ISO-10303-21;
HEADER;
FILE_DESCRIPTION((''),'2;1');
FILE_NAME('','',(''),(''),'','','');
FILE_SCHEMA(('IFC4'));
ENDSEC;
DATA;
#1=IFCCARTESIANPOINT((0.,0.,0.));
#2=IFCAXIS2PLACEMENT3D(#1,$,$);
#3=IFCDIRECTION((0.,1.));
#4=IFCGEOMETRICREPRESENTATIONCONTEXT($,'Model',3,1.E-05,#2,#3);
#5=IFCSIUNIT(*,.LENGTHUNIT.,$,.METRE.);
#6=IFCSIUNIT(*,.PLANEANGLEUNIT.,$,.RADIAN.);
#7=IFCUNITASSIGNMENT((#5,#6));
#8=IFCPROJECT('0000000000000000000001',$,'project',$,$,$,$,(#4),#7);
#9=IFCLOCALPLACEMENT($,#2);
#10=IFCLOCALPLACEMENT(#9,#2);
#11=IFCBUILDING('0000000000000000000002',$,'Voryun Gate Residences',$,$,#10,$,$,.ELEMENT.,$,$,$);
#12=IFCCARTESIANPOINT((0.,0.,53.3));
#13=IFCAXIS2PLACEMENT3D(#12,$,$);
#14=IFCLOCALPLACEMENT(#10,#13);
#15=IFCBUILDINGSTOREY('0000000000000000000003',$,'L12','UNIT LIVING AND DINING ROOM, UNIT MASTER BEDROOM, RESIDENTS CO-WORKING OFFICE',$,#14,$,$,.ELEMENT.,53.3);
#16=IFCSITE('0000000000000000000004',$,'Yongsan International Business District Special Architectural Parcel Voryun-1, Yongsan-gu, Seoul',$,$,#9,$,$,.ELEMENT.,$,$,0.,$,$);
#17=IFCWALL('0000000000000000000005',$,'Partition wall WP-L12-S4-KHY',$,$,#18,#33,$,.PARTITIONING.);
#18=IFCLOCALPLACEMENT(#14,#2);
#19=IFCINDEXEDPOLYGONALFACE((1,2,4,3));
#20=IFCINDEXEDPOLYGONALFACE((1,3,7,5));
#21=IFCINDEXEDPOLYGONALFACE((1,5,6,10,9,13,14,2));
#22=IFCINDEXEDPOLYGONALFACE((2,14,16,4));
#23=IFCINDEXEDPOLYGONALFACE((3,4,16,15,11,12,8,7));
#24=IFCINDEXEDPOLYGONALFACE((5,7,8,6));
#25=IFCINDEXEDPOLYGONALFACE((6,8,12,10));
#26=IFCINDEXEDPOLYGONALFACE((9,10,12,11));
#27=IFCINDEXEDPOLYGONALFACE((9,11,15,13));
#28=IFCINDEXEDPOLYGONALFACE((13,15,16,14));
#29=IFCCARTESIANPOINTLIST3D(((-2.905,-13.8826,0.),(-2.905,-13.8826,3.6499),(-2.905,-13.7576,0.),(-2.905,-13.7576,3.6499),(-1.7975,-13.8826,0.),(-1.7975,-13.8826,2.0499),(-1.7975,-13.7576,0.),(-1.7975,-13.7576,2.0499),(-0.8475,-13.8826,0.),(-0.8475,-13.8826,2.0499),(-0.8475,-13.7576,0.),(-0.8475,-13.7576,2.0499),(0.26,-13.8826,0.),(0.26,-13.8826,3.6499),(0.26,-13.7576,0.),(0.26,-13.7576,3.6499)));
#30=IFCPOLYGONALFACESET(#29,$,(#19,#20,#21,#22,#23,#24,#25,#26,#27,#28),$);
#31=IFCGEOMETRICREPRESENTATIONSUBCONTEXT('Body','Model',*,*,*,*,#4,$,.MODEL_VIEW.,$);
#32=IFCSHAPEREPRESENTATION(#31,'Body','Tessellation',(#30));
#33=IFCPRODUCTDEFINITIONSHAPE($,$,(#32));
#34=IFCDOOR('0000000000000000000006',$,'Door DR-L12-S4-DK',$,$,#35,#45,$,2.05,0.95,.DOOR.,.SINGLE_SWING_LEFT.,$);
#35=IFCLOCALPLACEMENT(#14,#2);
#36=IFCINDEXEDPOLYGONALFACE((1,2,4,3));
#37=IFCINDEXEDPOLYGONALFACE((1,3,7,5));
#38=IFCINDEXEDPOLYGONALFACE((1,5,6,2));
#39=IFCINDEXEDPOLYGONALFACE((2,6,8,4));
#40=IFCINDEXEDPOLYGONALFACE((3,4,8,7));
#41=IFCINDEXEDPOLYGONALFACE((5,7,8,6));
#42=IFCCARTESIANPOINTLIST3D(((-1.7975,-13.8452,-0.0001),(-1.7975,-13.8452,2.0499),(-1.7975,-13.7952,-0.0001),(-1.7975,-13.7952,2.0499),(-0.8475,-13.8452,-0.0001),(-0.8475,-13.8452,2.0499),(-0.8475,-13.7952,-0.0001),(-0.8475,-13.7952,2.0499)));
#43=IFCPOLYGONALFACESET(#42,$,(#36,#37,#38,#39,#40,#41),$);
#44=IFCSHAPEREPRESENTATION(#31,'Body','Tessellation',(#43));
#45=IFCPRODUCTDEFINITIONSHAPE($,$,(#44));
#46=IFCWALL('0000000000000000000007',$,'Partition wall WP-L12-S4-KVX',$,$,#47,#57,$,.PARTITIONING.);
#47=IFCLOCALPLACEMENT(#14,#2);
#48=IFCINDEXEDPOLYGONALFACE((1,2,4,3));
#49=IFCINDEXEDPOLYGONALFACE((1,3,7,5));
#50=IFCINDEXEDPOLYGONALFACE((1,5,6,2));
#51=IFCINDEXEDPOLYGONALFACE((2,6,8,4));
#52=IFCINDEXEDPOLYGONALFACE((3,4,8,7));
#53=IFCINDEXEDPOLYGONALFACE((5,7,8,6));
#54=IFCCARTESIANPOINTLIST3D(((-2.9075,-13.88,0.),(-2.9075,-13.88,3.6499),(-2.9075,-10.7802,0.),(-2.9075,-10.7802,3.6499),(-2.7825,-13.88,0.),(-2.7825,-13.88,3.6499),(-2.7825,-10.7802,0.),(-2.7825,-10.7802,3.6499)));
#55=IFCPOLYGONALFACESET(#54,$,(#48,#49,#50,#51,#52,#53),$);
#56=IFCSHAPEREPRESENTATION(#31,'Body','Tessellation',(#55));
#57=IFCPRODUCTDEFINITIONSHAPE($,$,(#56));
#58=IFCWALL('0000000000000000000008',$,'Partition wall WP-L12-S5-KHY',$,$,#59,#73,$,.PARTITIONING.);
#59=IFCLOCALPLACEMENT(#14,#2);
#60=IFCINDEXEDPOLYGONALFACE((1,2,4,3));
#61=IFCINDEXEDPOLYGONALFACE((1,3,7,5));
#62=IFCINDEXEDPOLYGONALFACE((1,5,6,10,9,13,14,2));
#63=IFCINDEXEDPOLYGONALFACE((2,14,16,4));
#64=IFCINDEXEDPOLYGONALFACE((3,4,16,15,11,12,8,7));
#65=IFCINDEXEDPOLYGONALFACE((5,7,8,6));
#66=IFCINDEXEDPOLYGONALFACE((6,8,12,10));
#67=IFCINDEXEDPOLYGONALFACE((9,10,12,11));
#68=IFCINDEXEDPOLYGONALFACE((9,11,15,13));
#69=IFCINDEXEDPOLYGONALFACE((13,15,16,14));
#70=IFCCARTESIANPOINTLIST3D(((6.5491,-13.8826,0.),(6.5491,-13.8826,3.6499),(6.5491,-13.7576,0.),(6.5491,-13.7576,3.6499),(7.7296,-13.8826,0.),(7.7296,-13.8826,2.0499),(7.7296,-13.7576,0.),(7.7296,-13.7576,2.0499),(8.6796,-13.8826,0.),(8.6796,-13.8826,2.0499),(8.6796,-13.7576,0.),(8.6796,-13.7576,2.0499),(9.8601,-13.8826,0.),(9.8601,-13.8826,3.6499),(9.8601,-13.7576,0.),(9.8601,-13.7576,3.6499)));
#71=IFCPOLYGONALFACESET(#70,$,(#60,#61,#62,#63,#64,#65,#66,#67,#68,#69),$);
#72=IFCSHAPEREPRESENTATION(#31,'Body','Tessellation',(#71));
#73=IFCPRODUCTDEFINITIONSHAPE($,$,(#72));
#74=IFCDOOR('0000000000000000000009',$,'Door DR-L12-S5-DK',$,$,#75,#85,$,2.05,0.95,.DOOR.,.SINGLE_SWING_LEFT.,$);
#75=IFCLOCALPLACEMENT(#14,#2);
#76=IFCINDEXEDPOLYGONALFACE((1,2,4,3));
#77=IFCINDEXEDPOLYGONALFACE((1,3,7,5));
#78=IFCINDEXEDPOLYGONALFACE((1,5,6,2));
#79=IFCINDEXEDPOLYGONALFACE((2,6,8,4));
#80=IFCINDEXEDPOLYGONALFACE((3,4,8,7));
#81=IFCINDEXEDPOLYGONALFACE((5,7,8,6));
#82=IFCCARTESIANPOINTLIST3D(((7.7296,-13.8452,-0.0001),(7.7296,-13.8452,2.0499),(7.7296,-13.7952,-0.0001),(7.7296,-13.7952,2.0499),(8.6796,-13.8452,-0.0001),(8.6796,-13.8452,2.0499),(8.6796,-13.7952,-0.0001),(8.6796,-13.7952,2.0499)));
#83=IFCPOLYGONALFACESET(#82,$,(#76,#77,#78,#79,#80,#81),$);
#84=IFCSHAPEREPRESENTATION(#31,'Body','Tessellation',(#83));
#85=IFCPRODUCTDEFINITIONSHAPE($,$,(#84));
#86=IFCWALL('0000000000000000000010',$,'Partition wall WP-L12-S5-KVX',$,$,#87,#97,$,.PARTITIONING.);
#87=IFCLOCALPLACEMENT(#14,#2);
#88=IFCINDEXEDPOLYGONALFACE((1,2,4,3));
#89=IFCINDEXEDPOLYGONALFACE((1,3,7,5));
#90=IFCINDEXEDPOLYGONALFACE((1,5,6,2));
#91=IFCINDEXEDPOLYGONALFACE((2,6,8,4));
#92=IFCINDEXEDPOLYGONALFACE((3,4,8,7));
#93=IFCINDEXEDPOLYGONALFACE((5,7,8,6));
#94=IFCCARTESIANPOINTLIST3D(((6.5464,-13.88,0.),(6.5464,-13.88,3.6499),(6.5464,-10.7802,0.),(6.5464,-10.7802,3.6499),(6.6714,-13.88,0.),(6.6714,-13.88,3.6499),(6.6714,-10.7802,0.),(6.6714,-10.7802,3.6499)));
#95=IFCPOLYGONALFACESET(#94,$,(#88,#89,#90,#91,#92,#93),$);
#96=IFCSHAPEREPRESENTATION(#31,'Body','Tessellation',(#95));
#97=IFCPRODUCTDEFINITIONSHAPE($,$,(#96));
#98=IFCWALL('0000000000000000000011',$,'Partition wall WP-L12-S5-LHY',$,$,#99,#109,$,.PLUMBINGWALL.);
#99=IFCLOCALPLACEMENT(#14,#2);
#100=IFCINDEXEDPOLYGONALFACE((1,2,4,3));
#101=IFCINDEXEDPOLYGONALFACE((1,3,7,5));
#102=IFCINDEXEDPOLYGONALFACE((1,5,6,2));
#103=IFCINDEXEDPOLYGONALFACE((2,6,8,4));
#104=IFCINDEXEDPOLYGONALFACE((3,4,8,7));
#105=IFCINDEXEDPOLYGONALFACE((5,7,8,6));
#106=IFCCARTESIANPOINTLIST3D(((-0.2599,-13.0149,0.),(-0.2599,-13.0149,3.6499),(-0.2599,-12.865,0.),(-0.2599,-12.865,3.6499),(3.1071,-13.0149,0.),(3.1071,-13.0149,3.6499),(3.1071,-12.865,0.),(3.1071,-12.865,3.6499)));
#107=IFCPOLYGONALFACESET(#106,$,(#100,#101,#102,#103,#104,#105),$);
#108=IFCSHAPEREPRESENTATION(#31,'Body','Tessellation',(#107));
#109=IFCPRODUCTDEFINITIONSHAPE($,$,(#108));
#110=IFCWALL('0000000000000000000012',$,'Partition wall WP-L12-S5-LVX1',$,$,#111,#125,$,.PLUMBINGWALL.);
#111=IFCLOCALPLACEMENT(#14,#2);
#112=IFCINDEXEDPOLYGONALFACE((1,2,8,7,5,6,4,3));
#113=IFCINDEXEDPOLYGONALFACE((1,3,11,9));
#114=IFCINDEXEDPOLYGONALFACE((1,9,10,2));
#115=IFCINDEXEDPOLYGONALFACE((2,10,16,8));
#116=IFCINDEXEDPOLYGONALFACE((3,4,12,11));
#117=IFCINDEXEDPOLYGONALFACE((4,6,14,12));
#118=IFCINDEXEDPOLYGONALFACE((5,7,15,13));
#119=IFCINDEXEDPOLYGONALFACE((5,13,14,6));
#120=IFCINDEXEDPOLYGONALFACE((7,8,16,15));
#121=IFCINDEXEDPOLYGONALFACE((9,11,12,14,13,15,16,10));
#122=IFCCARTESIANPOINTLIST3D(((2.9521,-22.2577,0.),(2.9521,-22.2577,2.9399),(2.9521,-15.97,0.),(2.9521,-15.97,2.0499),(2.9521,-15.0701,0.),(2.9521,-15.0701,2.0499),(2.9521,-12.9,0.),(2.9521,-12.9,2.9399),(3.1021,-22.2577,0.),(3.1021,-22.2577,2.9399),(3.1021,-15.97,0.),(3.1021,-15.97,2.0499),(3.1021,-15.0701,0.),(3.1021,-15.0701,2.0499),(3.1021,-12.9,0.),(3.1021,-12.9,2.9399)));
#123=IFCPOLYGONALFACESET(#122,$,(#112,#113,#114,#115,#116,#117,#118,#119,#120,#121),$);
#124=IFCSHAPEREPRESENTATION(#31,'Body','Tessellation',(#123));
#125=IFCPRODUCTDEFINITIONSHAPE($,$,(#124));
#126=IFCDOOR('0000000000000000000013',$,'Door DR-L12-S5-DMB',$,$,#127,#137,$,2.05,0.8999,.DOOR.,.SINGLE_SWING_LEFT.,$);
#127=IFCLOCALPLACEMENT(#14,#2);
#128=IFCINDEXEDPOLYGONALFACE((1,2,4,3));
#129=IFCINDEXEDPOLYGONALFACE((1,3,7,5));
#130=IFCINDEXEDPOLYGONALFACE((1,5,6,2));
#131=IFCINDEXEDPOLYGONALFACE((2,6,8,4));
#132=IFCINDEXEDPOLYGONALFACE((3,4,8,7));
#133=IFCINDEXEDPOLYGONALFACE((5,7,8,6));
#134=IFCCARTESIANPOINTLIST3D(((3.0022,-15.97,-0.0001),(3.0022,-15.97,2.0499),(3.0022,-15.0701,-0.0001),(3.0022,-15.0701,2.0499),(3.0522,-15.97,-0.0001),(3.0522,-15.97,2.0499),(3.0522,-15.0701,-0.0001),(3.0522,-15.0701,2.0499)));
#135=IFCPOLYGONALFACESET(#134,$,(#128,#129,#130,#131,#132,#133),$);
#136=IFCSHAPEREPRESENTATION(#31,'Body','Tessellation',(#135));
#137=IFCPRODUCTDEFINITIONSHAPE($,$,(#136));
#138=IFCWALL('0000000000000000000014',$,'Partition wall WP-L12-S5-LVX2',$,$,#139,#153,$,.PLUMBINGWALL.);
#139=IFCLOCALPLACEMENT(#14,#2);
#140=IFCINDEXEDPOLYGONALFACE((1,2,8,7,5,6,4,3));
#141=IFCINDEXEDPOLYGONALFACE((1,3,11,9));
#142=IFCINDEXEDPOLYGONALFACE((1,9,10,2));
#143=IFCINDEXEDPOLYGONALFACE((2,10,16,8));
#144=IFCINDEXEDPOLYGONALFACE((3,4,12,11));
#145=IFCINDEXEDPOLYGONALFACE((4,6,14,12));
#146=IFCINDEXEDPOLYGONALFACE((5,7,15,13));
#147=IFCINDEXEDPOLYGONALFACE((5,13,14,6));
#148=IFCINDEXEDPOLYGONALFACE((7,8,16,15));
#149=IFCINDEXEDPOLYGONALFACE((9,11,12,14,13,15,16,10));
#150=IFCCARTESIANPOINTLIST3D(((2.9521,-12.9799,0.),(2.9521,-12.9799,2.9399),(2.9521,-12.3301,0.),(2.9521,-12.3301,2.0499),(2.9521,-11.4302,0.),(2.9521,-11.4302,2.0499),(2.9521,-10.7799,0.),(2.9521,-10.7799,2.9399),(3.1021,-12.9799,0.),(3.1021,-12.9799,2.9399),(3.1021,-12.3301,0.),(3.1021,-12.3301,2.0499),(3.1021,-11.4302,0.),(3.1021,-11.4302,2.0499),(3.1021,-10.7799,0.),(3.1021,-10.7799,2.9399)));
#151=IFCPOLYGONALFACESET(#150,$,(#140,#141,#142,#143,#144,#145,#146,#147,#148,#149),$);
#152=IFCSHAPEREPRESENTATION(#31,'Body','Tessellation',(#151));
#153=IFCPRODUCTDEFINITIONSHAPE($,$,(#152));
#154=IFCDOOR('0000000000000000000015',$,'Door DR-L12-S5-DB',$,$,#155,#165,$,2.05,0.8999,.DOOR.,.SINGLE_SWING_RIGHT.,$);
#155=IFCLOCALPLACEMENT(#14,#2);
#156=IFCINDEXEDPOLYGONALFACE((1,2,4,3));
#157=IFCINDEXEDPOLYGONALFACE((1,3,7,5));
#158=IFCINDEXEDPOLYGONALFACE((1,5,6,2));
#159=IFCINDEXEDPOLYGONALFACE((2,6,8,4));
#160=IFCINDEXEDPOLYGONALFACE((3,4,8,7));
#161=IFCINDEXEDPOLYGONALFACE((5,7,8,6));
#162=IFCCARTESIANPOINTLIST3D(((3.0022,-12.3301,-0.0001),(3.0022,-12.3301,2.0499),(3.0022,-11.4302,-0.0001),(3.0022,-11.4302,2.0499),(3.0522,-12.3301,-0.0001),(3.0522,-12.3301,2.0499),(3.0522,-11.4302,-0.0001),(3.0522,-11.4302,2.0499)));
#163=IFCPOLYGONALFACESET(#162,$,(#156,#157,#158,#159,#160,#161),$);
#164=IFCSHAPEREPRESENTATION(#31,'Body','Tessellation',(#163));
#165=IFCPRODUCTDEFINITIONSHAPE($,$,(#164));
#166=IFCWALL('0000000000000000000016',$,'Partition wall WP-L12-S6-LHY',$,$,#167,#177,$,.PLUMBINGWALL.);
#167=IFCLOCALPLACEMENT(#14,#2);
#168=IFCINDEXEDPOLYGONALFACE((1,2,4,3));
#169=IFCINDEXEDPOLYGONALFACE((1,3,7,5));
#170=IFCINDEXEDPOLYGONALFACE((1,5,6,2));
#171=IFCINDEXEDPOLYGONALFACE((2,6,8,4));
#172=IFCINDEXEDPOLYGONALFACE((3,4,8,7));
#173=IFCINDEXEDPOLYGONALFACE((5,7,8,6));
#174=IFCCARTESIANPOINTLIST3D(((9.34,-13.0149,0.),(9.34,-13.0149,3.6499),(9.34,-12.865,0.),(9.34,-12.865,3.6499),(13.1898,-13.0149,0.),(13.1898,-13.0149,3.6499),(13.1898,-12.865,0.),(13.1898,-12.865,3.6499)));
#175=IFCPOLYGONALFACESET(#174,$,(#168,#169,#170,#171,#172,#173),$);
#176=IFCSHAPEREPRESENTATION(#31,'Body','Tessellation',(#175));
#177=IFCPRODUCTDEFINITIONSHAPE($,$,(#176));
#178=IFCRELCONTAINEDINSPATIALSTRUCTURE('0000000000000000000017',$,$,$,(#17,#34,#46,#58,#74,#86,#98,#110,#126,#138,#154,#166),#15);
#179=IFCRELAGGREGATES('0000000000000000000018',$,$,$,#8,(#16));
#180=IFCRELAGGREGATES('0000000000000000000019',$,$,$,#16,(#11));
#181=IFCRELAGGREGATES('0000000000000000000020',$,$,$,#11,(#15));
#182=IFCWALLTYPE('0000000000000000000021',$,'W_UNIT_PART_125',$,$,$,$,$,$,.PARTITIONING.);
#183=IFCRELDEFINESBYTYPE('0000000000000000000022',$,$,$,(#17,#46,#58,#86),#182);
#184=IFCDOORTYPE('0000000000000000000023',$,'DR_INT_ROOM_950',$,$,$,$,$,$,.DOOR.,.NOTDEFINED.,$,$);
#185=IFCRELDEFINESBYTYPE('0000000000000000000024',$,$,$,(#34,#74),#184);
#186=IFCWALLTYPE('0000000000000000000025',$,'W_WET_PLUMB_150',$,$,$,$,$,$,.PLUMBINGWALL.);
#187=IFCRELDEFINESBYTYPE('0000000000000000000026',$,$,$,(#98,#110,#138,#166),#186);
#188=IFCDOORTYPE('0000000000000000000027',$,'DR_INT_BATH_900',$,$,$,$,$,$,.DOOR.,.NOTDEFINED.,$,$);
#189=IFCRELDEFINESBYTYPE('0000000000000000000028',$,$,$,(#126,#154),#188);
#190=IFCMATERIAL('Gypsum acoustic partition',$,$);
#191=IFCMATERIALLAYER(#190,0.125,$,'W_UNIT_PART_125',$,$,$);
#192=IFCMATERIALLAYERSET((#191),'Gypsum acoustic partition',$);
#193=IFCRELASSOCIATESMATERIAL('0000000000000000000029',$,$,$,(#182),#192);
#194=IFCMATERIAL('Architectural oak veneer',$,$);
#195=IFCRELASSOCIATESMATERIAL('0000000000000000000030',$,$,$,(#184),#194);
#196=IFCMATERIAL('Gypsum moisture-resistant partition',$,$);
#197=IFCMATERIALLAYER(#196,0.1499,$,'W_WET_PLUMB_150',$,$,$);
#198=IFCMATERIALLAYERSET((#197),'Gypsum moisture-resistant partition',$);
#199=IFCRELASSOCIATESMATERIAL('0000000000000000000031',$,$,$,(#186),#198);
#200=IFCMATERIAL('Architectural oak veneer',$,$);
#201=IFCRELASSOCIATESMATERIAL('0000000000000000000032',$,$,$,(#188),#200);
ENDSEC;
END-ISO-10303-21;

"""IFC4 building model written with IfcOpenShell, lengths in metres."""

from ifc_helpers import new_model, si_unit, direction, frame, frame_2d, origin, place, context, subcontext, project, spatial, rectangle, extrude, material, layer, layer_set, type_object, element, fill, save


model = new_model("IFC4")

# Units and contexts
model_context = context("Model", 3, precision=1e-05, world=origin(), true_north=direction((0.0, 1.0)))
body_context = subcontext(model_context, "Body", "Model", "MODEL_VIEW")
ifc_project = project(units=[si_unit("LENGTHUNIT", "METRE"), si_unit("PLANEANGLEUNIT", "RADIAN")], contexts=[model_context])

# Site, building, storey
site_placement = place(None, origin())
site = spatial("IfcSite", under=ifc_project, at=site_placement, Name="Yongsan International Business District Special Architectural Parcel Voryun-1, Yongsan-gu, Seoul", CompositionType="ELEMENT", RefElevation=0.0)
building_placement = place(site_placement, origin())
building = spatial("IfcBuilding", under=site, at=building_placement, Name="Voryun Gate Residences", CompositionType="ELEMENT")
storey_placement = place(building_placement, frame((0.0, 0.0, 53.3)))
storey = spatial("IfcBuildingStorey", under=building, at=storey_placement, Name="L12", Description="UNIT LIVING AND DINING ROOM, UNIT MASTER BEDROOM, RESIDENTS CO-WORKING OFFICE", CompositionType="ELEMENT", Elevation=53.3)

# Wall, opening, door
ifc_material_1 = material(Name="Gypsum acoustic partition")
ifc_layer_1 = layer(ifc_material_1, 0.125, Name="W_UNIT_PART_125")
ifc_layer_set_1 = layer_set([ifc_layer_1], Name="Gypsum acoustic partition")
wall_type_1 = type_object("IfcWallType", Name="W_UNIT_PART_125", PredefinedType="PARTITIONING", material=ifc_layer_set_1)
ifc_material_2 = material(Name="Architectural oak veneer")
door_type_1 = type_object("IfcDoorType", Name="DR_INT_ROOM_950", OperationType="NOTDEFINED", PredefinedType="DOOR", material=ifc_material_2)
wall_1_placement = place(storey_placement, frame((-2.905, -13.8201, 0.0), z_axis=(0.0, 0.0, 1.0), x_axis=(1.0, 0.0, 0.0)))
wall_1 = element("IfcWall", 1, at=wall_1_placement, inside=storey, type_object=wall_type_1, Name="Partition wall WP-L12-S4-KHY", PredefinedType="PARTITIONING", context=body_context, shape_type="SweptSolid", body=[
    extrude(rectangle(XDim=3.165, YDim=0.125, at=frame_2d((1.5825, 0.0))), origin(), (0.0, 0.0, 1.0), 3.6499),
])
opening_1_placement = place(wall_1_placement, frame((1.1074, 0.0, 0.0)))
opening_1 = element("IfcOpeningElement", 2, at=opening_1_placement, cuts=wall_1, PredefinedType="OPENING", context=body_context, shape_type="SweptSolid", body=[
    extrude(rectangle(XDim=0.95, YDim=2.05, at=frame_2d((0.4751, 1.0249))), frame((0.0, 0.0725, 0.0), z_axis=(0.0, -1.0, 0.0), x_axis=(1.0, 0.0, 0.0)), (0.0, 0.0, 1.0), 0.145),
])
door_1_placement = place(opening_1_placement, origin())
door_1 = element("IfcDoor", 3, at=door_1_placement, inside=storey, type_object=door_type_1, Name="Door DR-L12-S4-DK", OperationType="SINGLE_SWING_LEFT", OverallHeight=2.05, OverallWidth=0.95, PredefinedType="DOOR", context=body_context, shape_type="SweptSolid", body=[
    extrude(rectangle(XDim=0.95, YDim=2.05, at=frame_2d((0.4751, 1.0249))), frame((0.0, 0.0249, 0.0), z_axis=(0.0, -1.0, 0.0), x_axis=(1.0, 0.0, 0.0)), (0.0, 0.0, 1.0), 0.05),
])
fill(opening_1, door_1)

# Wall
wall_2_placement = place(storey_placement, frame((-2.845, -13.8799, 0.0), z_axis=(0.0, 0.0, 1.0), x_axis=(0.0, 1.0, 0.0)))
element("IfcWall", 4, at=wall_2_placement, inside=storey, type_object=wall_type_1, Name="Partition wall WP-L12-S4-KVX", PredefinedType="PARTITIONING", context=body_context, shape_type="SweptSolid", body=[
    extrude(rectangle(XDim=3.0999, YDim=0.125, at=frame_2d((1.5498, 0.0))), origin(), (0.0, 0.0, 1.0), 3.6499),
])

# Wall, opening, door
wall_3_placement = place(storey_placement, frame((6.5491, -13.8201, 0.0), z_axis=(0.0, 0.0, 1.0), x_axis=(1.0, 0.0, 0.0)))
wall_3 = element("IfcWall", 5, at=wall_3_placement, inside=storey, type_object=wall_type_1, Name="Partition wall WP-L12-S5-KHY", PredefinedType="PARTITIONING", context=body_context, shape_type="SweptSolid", body=[
    extrude(rectangle(XDim=3.311, YDim=0.125, at=frame_2d((1.6555, 0.0))), origin(), (0.0, 0.0, 1.0), 3.6499),
])
opening_2_placement = place(wall_3_placement, frame((1.1804, 0.0, 0.0)))
opening_2 = element("IfcOpeningElement", 6, at=opening_2_placement, cuts=wall_3, PredefinedType="OPENING", context=body_context, shape_type="SweptSolid", body=[
    extrude(rectangle(XDim=0.95, YDim=2.05, at=frame_2d((0.4751, 1.0249))), frame((0.0, 0.0725, 0.0), z_axis=(0.0, -1.0, 0.0), x_axis=(1.0, 0.0, 0.0)), (0.0, 0.0, 1.0), 0.145),
])
door_2_placement = place(opening_2_placement, origin())
door_2 = element("IfcDoor", 7, at=door_2_placement, inside=storey, type_object=door_type_1, Name="Door DR-L12-S5-DK", OperationType="SINGLE_SWING_LEFT", OverallHeight=2.05, OverallWidth=0.95, PredefinedType="DOOR", context=body_context, shape_type="SweptSolid", body=[
    extrude(rectangle(XDim=0.95, YDim=2.05, at=frame_2d((0.4751, 1.0249))), frame((0.0, 0.0249, 0.0), z_axis=(0.0, -1.0, 0.0), x_axis=(1.0, 0.0, 0.0)), (0.0, 0.0, 1.0), 0.05),
])
fill(opening_2, door_2)

# Walls
wall_4_placement = place(storey_placement, frame((6.6089, -13.8799, 0.0), z_axis=(0.0, 0.0, 1.0), x_axis=(0.0, 1.0, 0.0)))
element("IfcWall", 8, at=wall_4_placement, inside=storey, type_object=wall_type_1, Name="Partition wall WP-L12-S5-KVX", PredefinedType="PARTITIONING", context=body_context, shape_type="SweptSolid", body=[
    extrude(rectangle(XDim=3.0999, YDim=0.125, at=frame_2d((1.5498, 0.0))), origin(), (0.0, 0.0, 1.0), 3.6499),
])
ifc_material_3 = material(Name="Gypsum moisture-resistant partition")
ifc_layer_2 = layer(ifc_material_3, 0.1499, Name="W_WET_PLUMB_150")
ifc_layer_set_2 = layer_set([ifc_layer_2], Name="Gypsum moisture-resistant partition")
wall_type_2 = type_object("IfcWallType", Name="W_WET_PLUMB_150", PredefinedType="PLUMBINGWALL", material=ifc_layer_set_2)
wall_5_placement = place(storey_placement, frame((-0.26, -12.9399, 0.0), z_axis=(0.0, 0.0, 1.0), x_axis=(1.0, 0.0, 0.0)))
element("IfcWall", 9, at=wall_5_placement, inside=storey, type_object=wall_type_2, Name="Partition wall WP-L12-S5-LHY", PredefinedType="PLUMBINGWALL", context=body_context, shape_type="SweptSolid", body=[
    extrude(rectangle(XDim=3.3669, YDim=0.1499, at=frame_2d((1.6836, 0.0))), origin(), (0.0, 0.0, 1.0), 3.6499),
])

# Walls, openings, doors
wall_6_placement = place(storey_placement, frame((3.0271, -22.2576, 0.0), z_axis=(0.0, 0.0, 1.0), x_axis=(0.0, 1.0, 0.0)))
wall_6 = element("IfcWall", 10, at=wall_6_placement, inside=storey, type_object=wall_type_2, Name="Partition wall WP-L12-S5-LVX1", PredefinedType="PLUMBINGWALL", context=body_context, shape_type="SweptSolid", body=[
    extrude(rectangle(XDim=9.3577, YDim=0.1499, at=frame_2d((4.6787, 0.0))), origin(), (0.0, 0.0, 1.0), 2.9399),
])
opening_3_placement = place(wall_6_placement, frame((6.2876, 0.0, 0.0)))
opening_3 = element("IfcOpeningElement", 11, at=opening_3_placement, cuts=wall_6, PredefinedType="OPENING", context=body_context, shape_type="SweptSolid", body=[
    extrude(rectangle(XDim=0.8999, YDim=2.05, at=frame_2d((0.45, 1.0249))), frame((0.0, 0.085, 0.0), z_axis=(0.0, -1.0, 0.0), x_axis=(1.0, 0.0, 0.0)), (0.0, 0.0, 1.0), 0.1699),
])
ifc_material_4 = material(Name="Architectural oak veneer")
door_type_2 = type_object("IfcDoorType", Name="DR_INT_BATH_900", OperationType="NOTDEFINED", PredefinedType="DOOR", material=ifc_material_4)
door_3_placement = place(opening_3_placement, origin())
door_3 = element("IfcDoor", 12, at=door_3_placement, inside=storey, type_object=door_type_2, Name="Door DR-L12-S5-DMB", OperationType="SINGLE_SWING_LEFT", OverallHeight=2.05, OverallWidth=0.8999, PredefinedType="DOOR", context=body_context, shape_type="SweptSolid", body=[
    extrude(rectangle(XDim=0.8999, YDim=2.05, at=frame_2d((0.45, 1.0249))), frame((0.0, 0.0249, 0.0), z_axis=(0.0, -1.0, 0.0), x_axis=(1.0, 0.0, 0.0)), (0.0, 0.0, 1.0), 0.05),
])
fill(opening_3, door_3)
wall_7_placement = place(storey_placement, frame((3.0271, -12.98, 0.0), z_axis=(0.0, 0.0, 1.0), x_axis=(0.0, 1.0, 0.0)))
wall_7 = element("IfcWall", 13, at=wall_7_placement, inside=storey, type_object=wall_type_2, Name="Partition wall WP-L12-S5-LVX2", PredefinedType="PLUMBINGWALL", context=body_context, shape_type="SweptSolid", body=[
    extrude(rectangle(XDim=2.2, YDim=0.1499, at=frame_2d((1.1001, 0.0))), origin(), (0.0, 0.0, 1.0), 2.9399),
])
opening_4_placement = place(wall_7_placement, frame((0.6499, 0.0, 0.0)))
opening_4 = element("IfcOpeningElement", 14, at=opening_4_placement, cuts=wall_7, PredefinedType="OPENING", context=body_context, shape_type="SweptSolid", body=[
    extrude(rectangle(XDim=0.8999, YDim=2.05, at=frame_2d((0.45, 1.0249))), frame((0.0, 0.085, 0.0), z_axis=(0.0, -1.0, 0.0), x_axis=(1.0, 0.0, 0.0)), (0.0, 0.0, 1.0), 0.1699),
])
door_4_placement = place(opening_4_placement, origin())
door_4 = element("IfcDoor", 15, at=door_4_placement, inside=storey, type_object=door_type_2, Name="Door DR-L12-S5-DB", OperationType="SINGLE_SWING_RIGHT", OverallHeight=2.05, OverallWidth=0.8999, PredefinedType="DOOR", context=body_context, shape_type="SweptSolid", body=[
    extrude(rectangle(XDim=0.8999, YDim=2.05, at=frame_2d((0.45, 1.0249))), frame((0.0, 0.0249, 0.0), z_axis=(0.0, -1.0, 0.0), x_axis=(1.0, 0.0, 0.0)), (0.0, 0.0, 1.0), 0.05),
])
fill(opening_4, door_4)

# Wall
wall_8_placement = place(storey_placement, frame((9.3401, -12.9399, 0.0), z_axis=(0.0, 0.0, 1.0), x_axis=(1.0, 0.0, 0.0)))
element("IfcWall", 16, at=wall_8_placement, inside=storey, type_object=wall_type_2, Name="Partition wall WP-L12-S6-LHY", PredefinedType="PLUMBINGWALL", context=body_context, shape_type="SweptSolid", body=[
    extrude(rectangle(XDim=3.8499, YDim=0.1499, at=frame_2d((1.9248, 0.0))), origin(), (0.0, 0.0, 1.0), 3.6499),
])

save(model, "model.ifc")
